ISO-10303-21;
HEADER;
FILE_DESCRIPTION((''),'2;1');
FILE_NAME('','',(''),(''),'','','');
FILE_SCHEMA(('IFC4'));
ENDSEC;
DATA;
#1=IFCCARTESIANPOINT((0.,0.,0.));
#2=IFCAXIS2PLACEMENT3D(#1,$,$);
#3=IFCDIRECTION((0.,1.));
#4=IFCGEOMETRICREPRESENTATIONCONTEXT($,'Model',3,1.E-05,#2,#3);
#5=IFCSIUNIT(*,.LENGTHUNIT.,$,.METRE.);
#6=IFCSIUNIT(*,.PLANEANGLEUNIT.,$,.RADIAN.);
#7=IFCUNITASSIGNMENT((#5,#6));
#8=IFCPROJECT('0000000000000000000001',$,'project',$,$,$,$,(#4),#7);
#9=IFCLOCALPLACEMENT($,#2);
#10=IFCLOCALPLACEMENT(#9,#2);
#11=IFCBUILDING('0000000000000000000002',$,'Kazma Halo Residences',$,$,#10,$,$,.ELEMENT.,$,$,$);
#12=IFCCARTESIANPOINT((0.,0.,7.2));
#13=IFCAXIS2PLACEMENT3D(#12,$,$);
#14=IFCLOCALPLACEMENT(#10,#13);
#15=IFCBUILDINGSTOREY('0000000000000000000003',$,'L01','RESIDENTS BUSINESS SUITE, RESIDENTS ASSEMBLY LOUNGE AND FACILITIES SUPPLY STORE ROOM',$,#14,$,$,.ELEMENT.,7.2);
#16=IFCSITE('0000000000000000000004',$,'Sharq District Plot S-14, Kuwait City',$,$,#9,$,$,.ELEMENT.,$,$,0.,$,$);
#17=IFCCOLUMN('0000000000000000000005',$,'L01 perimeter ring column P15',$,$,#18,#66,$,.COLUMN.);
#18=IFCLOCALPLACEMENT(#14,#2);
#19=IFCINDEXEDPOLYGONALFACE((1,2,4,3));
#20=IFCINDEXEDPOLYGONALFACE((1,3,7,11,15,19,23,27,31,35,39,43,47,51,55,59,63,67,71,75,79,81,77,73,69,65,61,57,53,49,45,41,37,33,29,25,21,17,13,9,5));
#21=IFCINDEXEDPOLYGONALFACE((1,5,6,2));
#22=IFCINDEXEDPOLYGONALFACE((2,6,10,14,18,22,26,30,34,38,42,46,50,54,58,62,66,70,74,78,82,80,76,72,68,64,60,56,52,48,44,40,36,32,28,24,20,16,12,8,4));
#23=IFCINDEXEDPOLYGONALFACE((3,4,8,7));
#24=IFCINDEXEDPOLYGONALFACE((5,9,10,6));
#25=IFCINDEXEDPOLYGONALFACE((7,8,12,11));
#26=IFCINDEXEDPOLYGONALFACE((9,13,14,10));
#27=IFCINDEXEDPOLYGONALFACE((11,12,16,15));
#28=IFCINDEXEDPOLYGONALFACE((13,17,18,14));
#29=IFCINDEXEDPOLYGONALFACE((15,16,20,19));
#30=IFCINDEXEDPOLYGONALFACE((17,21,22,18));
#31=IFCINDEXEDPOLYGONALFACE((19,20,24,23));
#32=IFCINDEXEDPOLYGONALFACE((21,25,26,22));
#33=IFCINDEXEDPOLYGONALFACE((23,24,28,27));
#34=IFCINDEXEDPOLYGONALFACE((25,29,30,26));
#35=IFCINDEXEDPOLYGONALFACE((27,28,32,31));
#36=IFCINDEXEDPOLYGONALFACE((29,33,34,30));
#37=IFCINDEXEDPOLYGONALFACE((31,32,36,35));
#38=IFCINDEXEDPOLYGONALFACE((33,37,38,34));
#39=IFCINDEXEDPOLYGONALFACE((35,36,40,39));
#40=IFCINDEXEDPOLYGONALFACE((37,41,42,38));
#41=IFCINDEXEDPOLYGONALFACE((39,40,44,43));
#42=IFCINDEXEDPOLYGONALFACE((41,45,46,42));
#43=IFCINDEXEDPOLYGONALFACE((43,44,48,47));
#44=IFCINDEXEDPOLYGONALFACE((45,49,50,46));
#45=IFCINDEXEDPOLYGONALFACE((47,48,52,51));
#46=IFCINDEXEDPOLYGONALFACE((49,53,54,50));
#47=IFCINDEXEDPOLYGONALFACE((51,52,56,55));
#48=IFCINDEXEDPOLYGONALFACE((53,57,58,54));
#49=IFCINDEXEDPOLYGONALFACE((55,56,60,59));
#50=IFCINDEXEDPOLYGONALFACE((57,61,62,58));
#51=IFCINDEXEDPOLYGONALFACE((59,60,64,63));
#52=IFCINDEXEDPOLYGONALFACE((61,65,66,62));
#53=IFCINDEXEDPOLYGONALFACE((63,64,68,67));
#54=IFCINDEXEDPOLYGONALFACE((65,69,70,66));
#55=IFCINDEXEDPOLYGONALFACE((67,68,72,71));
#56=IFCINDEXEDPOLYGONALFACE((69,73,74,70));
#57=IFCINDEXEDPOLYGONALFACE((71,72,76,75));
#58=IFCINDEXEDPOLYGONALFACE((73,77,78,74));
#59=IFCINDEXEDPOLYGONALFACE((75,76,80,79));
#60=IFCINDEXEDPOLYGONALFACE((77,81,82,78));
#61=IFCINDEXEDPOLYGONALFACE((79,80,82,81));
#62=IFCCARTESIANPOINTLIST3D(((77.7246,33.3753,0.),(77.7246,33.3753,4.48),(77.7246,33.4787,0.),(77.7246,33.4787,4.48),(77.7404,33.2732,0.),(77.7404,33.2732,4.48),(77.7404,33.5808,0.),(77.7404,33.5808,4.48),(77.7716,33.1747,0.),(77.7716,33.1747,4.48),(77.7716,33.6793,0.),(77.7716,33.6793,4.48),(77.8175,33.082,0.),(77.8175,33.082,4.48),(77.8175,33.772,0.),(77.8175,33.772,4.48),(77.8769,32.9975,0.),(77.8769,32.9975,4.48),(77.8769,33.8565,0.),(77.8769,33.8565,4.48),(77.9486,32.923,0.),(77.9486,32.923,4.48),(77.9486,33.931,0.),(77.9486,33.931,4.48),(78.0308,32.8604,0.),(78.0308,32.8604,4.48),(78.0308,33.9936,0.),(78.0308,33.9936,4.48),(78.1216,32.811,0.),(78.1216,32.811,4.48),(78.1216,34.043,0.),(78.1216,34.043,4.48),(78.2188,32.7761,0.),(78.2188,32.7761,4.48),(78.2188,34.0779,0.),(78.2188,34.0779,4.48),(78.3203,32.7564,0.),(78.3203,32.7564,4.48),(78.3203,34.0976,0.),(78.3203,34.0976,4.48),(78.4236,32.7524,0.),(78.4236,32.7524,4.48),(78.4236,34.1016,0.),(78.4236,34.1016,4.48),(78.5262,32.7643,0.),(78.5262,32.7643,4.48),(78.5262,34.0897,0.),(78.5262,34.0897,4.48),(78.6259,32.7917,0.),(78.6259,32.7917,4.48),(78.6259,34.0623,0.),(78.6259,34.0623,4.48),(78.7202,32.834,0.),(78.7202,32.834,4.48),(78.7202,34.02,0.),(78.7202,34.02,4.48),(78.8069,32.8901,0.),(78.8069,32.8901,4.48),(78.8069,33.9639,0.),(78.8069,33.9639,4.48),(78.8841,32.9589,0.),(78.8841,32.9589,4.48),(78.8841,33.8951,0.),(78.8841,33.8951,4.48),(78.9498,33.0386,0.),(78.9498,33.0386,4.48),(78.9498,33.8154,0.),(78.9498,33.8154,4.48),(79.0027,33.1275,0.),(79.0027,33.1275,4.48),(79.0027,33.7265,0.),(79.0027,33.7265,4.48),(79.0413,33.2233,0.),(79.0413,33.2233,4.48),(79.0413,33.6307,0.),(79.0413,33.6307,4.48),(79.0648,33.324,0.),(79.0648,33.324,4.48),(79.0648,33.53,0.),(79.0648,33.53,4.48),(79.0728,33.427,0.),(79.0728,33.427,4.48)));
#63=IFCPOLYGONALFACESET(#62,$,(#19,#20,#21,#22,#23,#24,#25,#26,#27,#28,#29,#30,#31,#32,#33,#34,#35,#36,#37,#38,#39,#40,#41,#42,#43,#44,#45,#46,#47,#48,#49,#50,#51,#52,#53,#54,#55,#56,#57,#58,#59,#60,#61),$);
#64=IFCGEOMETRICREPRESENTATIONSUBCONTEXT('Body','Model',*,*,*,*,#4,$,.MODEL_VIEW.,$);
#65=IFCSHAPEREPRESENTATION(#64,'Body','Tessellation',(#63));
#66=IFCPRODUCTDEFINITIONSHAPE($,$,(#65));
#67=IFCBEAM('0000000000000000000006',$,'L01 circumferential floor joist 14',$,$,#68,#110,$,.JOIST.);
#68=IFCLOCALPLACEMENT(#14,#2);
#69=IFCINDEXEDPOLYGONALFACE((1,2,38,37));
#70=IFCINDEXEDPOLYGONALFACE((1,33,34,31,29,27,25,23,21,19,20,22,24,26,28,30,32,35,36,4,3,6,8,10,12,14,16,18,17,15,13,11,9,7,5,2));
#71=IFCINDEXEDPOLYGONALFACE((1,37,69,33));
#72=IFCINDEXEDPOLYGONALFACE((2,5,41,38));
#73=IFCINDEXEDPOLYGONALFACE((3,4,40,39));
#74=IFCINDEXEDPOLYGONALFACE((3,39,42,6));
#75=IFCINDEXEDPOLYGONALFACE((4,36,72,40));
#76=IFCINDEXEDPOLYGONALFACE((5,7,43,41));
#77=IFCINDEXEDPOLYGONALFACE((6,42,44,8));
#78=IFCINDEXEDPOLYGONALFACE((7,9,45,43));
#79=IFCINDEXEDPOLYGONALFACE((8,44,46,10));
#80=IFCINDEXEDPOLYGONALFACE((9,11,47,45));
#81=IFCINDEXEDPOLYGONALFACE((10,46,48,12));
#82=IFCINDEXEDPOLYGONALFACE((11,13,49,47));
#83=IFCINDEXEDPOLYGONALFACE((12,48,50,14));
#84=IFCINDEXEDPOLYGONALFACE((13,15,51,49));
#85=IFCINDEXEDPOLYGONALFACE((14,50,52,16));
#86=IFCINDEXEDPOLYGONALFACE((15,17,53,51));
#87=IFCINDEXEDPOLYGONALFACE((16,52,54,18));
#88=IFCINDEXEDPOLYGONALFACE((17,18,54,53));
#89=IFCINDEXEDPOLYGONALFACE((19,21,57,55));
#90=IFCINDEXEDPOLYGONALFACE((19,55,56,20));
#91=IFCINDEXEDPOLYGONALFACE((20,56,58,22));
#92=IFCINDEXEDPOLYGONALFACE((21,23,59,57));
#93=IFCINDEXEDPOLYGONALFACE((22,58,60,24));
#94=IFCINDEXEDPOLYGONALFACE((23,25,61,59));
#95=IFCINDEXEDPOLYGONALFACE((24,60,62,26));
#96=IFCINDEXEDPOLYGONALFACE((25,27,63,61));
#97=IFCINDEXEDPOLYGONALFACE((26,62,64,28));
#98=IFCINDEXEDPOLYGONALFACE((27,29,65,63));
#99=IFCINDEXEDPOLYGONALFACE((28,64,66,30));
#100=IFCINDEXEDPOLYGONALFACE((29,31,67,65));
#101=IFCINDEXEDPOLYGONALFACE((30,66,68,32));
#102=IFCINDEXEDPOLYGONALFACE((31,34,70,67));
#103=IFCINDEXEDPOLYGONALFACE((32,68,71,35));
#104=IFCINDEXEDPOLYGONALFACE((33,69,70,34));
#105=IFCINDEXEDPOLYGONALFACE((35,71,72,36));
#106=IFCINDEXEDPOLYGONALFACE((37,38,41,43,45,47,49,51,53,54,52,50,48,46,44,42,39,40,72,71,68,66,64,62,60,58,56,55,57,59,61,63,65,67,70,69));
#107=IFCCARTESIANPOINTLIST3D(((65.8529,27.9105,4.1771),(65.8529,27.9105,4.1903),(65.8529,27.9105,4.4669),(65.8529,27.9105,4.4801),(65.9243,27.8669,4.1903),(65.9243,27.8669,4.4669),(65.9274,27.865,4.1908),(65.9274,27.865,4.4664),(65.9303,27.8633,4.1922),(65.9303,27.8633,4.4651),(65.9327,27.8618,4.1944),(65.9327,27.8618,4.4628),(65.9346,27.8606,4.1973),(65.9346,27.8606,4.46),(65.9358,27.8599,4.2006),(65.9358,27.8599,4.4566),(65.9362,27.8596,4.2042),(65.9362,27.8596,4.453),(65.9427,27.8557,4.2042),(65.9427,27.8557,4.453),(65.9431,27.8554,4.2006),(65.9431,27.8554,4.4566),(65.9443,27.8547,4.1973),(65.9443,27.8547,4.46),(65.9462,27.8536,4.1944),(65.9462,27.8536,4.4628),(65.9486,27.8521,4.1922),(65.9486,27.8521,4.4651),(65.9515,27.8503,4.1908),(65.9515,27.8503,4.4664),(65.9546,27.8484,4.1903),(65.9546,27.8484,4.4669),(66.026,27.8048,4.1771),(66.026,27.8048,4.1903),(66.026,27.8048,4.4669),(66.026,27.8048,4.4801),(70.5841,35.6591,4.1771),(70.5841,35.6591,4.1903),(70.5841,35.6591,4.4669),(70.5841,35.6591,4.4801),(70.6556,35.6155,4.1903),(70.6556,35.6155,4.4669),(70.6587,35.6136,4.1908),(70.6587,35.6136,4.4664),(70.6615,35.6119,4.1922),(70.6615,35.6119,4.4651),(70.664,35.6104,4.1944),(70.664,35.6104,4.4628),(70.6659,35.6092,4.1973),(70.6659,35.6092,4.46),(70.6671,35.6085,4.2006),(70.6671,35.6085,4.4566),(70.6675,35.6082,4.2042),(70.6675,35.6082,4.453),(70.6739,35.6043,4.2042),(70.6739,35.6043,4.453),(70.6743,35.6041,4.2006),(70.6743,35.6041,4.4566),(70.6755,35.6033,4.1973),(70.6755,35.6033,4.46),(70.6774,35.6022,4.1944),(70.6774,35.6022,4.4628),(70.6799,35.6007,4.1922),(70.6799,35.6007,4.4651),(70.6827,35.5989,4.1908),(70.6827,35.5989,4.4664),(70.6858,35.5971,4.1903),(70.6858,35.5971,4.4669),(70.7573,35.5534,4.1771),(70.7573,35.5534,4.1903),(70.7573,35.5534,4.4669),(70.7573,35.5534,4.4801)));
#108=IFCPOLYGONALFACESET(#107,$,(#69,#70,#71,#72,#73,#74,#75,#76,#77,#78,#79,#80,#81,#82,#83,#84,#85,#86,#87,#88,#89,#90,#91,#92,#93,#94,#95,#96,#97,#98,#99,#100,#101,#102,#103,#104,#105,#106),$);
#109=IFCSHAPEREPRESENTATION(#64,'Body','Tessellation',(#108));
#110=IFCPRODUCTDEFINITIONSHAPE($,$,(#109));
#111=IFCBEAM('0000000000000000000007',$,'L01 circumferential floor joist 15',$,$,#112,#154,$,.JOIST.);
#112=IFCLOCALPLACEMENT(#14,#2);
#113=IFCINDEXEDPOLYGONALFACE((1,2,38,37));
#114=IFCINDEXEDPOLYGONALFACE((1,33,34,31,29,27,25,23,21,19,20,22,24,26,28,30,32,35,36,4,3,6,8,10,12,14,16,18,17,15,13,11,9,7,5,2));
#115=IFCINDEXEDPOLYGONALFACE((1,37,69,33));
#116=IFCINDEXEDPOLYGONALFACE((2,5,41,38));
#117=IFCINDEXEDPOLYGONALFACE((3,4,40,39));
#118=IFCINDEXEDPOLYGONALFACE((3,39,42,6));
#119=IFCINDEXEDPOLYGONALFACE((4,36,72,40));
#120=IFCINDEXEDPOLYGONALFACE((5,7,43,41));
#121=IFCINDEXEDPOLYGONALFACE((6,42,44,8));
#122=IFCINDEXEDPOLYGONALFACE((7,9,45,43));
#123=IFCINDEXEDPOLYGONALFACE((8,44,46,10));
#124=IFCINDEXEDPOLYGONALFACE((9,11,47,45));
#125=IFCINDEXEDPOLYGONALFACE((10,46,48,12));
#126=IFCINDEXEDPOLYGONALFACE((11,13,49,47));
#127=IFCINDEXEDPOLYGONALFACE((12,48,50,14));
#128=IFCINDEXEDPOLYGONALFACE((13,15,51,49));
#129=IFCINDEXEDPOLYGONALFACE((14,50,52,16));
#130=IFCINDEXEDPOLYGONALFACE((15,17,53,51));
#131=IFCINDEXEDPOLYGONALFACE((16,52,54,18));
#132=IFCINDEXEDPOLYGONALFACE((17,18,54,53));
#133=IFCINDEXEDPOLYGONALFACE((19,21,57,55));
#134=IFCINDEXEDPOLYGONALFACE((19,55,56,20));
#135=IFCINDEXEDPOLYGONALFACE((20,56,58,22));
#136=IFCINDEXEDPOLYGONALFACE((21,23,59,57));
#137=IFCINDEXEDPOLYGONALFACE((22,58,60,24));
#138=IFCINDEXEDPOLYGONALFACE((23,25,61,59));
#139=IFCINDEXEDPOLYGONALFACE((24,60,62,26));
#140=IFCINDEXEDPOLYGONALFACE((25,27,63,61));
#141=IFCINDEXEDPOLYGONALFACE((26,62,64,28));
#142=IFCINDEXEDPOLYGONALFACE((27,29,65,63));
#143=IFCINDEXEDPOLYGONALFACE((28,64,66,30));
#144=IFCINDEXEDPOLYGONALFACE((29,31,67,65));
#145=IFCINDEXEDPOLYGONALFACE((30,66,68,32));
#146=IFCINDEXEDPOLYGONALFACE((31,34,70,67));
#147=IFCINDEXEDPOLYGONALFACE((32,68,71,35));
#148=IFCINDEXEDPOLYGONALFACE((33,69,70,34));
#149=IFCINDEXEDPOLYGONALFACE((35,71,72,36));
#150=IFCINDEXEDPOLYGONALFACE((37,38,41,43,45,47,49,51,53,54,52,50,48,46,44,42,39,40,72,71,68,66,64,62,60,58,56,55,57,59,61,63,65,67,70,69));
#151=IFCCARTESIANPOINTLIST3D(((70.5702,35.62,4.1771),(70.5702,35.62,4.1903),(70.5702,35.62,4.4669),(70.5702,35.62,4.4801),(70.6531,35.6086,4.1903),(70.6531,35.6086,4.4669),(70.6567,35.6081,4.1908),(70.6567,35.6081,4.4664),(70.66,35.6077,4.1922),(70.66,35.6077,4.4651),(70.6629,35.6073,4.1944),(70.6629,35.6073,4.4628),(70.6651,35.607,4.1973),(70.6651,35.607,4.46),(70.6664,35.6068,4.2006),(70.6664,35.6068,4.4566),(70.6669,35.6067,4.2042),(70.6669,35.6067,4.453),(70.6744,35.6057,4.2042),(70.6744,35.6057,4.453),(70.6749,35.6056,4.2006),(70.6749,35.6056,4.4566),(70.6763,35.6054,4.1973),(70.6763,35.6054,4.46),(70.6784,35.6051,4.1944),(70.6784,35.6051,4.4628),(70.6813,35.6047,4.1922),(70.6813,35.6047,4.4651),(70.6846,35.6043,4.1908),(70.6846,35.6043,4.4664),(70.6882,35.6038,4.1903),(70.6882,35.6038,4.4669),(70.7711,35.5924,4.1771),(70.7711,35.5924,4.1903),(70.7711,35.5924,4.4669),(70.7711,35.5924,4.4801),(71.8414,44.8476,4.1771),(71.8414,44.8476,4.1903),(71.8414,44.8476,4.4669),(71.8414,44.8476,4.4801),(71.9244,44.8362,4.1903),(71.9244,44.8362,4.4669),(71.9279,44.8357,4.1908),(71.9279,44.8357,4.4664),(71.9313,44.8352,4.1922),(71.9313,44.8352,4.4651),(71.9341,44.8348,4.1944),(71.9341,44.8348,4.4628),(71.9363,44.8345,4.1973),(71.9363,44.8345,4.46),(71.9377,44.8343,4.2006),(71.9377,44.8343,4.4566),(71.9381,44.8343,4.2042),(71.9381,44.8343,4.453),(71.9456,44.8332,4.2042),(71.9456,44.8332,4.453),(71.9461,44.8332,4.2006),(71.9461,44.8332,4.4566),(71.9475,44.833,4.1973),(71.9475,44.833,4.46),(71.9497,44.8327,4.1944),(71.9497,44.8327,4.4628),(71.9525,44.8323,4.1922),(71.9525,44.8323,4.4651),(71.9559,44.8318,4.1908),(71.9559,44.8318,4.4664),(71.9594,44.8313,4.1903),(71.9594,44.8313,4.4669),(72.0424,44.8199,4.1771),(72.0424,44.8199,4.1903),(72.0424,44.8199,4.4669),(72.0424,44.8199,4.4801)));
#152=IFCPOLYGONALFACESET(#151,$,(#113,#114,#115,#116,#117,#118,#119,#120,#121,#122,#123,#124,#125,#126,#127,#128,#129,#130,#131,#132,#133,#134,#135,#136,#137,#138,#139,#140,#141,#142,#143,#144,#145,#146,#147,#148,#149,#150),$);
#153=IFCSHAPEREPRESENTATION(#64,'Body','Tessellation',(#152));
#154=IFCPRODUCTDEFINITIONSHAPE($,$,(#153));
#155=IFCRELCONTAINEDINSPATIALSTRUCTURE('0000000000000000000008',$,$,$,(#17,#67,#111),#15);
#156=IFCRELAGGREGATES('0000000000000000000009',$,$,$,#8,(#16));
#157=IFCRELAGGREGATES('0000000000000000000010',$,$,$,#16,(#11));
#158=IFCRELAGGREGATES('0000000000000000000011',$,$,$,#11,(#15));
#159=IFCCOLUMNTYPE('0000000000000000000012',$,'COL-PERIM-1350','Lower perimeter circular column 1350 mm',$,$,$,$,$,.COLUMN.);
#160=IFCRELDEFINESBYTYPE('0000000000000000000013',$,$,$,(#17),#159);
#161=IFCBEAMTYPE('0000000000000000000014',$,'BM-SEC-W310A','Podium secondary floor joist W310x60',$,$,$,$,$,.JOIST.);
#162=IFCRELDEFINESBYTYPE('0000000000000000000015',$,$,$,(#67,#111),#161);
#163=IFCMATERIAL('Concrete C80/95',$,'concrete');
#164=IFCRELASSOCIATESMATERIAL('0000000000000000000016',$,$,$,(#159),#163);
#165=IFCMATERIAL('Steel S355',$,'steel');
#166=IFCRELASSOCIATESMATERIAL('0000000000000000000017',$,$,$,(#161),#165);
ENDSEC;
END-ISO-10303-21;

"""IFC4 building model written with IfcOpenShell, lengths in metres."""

from ifc_helpers import new_model, si_unit, direction, frame, origin, origin_2d, place, context, subcontext, project, spatial, circle, i_section, extrude, material, material_profile, profile_set, type_object, element, save


model = new_model("IFC4")

# Units and contexts
model_context = context("Model", 3, precision=1e-05, world=origin(), true_north=direction((0.0, 1.0)))
body_context = subcontext(model_context, "Body", "Model", "MODEL_VIEW")
ifc_project = project(units=[si_unit("LENGTHUNIT", "METRE"), si_unit("PLANEANGLEUNIT", "RADIAN")], contexts=[model_context])

# Site, building, storey
site_placement = place(None, origin())
site = spatial("IfcSite", under=ifc_project, at=site_placement, Name="Sharq District Plot S-14, Kuwait City", CompositionType="ELEMENT", RefElevation=0.0)
building_placement = place(site_placement, origin())
building = spatial("IfcBuilding", under=site, at=building_placement, Name="Kazma Halo Residences", CompositionType="ELEMENT")
storey_placement = place(building_placement, frame((0.0, 0.0, 7.2)))
storey = spatial("IfcBuildingStorey", under=building, at=storey_placement, Name="L01", Description="RESIDENTS BUSINESS SUITE, RESIDENTS ASSEMBLY LOUNGE AND FACILITIES SUPPLY STORE ROOM", CompositionType="ELEMENT", Elevation=7.2)

# Column
ifc_material_1 = material(Name="Concrete C80/95", Category="concrete")
ifc_material_profile_1 = material_profile(ifc_material_1, circle(Radius=0.675, at=origin_2d()), Name="CIRC1350")
ifc_profile_set_1 = profile_set([ifc_material_profile_1], Name="Concrete C80/95")
column_type = type_object("IfcColumnType", Name="COL-PERIM-1350", Description="Lower perimeter circular column 1350 mm", PredefinedType="COLUMN", material=ifc_profile_set_1)
column_placement = place(storey_placement, frame((78.3977, 33.427, 0.0), z_axis=(0.0, 0.0, 1.0), x_axis=(1.0, 0.0, 0.0)))
element("IfcColumn", 1, at=column_placement, inside=storey, type_object=column_type, Name="L01 perimeter ring column P15", PredefinedType="COLUMN", context=body_context, shape_type="SweptSolid", body=[
    extrude(circle(Radius=0.675, at=origin_2d()), origin(), (0.0, 0.0, 1.0), 4.48),
])

# Beams
ifc_material_2 = material(Name="Steel S355", Category="steel")
ifc_material_profile_2 = material_profile(ifc_material_2, i_section(OverallWidth=0.2029, OverallDepth=0.303, WebThickness=0.0076, FlangeThickness=0.0132, FilletRadius=0.0139, at=origin_2d()), Name="W310x60")
ifc_profile_set_2 = profile_set([ifc_material_profile_2], Name="Steel S355")
beam_type_1 = type_object("IfcBeamType", Name="BM-SEC-W310A", Description="Podium secondary floor joist W310x60", PredefinedType="JOIST", material=ifc_profile_set_2)
beam_1_placement = place(storey_placement, frame((65.9395, 27.8577, 4.3286), z_axis=(0.521128, 0.853479, 0.0), x_axis=(-0.853479, 0.521128, 0.0)))
element("IfcBeam", 2, at=beam_1_placement, inside=storey, type_object=beam_type_1, Name="L01 circumferential floor joist 14", PredefinedType="JOIST", context=body_context, shape_type="SweptSolid", body=[
    extrude(i_section(OverallWidth=0.2029, OverallDepth=0.303, WebThickness=0.0076, FlangeThickness=0.0132, FilletRadius=0.0139, at=origin_2d()), origin(), (0.0, 0.0, 1.0), 9.0789),
])
beam_2_placement = place(storey_placement, frame((70.6707, 35.6062, 4.3286), z_axis=(0.136477, 0.990643, 0.0), x_axis=(-0.990643, 0.136477, 0.0)))
element("IfcBeam", 3, at=beam_2_placement, inside=storey, type_object=beam_type_1, Name="L01 circumferential floor joist 15", PredefinedType="JOIST", context=body_context, shape_type="SweptSolid", body=[
    extrude(i_section(OverallWidth=0.2029, OverallDepth=0.303, WebThickness=0.0076, FlangeThickness=0.0132, FilletRadius=0.0139, at=origin_2d()), origin(), (0.0, 0.0, 1.0), 9.3147),
])

save(model, "model.ifc")
